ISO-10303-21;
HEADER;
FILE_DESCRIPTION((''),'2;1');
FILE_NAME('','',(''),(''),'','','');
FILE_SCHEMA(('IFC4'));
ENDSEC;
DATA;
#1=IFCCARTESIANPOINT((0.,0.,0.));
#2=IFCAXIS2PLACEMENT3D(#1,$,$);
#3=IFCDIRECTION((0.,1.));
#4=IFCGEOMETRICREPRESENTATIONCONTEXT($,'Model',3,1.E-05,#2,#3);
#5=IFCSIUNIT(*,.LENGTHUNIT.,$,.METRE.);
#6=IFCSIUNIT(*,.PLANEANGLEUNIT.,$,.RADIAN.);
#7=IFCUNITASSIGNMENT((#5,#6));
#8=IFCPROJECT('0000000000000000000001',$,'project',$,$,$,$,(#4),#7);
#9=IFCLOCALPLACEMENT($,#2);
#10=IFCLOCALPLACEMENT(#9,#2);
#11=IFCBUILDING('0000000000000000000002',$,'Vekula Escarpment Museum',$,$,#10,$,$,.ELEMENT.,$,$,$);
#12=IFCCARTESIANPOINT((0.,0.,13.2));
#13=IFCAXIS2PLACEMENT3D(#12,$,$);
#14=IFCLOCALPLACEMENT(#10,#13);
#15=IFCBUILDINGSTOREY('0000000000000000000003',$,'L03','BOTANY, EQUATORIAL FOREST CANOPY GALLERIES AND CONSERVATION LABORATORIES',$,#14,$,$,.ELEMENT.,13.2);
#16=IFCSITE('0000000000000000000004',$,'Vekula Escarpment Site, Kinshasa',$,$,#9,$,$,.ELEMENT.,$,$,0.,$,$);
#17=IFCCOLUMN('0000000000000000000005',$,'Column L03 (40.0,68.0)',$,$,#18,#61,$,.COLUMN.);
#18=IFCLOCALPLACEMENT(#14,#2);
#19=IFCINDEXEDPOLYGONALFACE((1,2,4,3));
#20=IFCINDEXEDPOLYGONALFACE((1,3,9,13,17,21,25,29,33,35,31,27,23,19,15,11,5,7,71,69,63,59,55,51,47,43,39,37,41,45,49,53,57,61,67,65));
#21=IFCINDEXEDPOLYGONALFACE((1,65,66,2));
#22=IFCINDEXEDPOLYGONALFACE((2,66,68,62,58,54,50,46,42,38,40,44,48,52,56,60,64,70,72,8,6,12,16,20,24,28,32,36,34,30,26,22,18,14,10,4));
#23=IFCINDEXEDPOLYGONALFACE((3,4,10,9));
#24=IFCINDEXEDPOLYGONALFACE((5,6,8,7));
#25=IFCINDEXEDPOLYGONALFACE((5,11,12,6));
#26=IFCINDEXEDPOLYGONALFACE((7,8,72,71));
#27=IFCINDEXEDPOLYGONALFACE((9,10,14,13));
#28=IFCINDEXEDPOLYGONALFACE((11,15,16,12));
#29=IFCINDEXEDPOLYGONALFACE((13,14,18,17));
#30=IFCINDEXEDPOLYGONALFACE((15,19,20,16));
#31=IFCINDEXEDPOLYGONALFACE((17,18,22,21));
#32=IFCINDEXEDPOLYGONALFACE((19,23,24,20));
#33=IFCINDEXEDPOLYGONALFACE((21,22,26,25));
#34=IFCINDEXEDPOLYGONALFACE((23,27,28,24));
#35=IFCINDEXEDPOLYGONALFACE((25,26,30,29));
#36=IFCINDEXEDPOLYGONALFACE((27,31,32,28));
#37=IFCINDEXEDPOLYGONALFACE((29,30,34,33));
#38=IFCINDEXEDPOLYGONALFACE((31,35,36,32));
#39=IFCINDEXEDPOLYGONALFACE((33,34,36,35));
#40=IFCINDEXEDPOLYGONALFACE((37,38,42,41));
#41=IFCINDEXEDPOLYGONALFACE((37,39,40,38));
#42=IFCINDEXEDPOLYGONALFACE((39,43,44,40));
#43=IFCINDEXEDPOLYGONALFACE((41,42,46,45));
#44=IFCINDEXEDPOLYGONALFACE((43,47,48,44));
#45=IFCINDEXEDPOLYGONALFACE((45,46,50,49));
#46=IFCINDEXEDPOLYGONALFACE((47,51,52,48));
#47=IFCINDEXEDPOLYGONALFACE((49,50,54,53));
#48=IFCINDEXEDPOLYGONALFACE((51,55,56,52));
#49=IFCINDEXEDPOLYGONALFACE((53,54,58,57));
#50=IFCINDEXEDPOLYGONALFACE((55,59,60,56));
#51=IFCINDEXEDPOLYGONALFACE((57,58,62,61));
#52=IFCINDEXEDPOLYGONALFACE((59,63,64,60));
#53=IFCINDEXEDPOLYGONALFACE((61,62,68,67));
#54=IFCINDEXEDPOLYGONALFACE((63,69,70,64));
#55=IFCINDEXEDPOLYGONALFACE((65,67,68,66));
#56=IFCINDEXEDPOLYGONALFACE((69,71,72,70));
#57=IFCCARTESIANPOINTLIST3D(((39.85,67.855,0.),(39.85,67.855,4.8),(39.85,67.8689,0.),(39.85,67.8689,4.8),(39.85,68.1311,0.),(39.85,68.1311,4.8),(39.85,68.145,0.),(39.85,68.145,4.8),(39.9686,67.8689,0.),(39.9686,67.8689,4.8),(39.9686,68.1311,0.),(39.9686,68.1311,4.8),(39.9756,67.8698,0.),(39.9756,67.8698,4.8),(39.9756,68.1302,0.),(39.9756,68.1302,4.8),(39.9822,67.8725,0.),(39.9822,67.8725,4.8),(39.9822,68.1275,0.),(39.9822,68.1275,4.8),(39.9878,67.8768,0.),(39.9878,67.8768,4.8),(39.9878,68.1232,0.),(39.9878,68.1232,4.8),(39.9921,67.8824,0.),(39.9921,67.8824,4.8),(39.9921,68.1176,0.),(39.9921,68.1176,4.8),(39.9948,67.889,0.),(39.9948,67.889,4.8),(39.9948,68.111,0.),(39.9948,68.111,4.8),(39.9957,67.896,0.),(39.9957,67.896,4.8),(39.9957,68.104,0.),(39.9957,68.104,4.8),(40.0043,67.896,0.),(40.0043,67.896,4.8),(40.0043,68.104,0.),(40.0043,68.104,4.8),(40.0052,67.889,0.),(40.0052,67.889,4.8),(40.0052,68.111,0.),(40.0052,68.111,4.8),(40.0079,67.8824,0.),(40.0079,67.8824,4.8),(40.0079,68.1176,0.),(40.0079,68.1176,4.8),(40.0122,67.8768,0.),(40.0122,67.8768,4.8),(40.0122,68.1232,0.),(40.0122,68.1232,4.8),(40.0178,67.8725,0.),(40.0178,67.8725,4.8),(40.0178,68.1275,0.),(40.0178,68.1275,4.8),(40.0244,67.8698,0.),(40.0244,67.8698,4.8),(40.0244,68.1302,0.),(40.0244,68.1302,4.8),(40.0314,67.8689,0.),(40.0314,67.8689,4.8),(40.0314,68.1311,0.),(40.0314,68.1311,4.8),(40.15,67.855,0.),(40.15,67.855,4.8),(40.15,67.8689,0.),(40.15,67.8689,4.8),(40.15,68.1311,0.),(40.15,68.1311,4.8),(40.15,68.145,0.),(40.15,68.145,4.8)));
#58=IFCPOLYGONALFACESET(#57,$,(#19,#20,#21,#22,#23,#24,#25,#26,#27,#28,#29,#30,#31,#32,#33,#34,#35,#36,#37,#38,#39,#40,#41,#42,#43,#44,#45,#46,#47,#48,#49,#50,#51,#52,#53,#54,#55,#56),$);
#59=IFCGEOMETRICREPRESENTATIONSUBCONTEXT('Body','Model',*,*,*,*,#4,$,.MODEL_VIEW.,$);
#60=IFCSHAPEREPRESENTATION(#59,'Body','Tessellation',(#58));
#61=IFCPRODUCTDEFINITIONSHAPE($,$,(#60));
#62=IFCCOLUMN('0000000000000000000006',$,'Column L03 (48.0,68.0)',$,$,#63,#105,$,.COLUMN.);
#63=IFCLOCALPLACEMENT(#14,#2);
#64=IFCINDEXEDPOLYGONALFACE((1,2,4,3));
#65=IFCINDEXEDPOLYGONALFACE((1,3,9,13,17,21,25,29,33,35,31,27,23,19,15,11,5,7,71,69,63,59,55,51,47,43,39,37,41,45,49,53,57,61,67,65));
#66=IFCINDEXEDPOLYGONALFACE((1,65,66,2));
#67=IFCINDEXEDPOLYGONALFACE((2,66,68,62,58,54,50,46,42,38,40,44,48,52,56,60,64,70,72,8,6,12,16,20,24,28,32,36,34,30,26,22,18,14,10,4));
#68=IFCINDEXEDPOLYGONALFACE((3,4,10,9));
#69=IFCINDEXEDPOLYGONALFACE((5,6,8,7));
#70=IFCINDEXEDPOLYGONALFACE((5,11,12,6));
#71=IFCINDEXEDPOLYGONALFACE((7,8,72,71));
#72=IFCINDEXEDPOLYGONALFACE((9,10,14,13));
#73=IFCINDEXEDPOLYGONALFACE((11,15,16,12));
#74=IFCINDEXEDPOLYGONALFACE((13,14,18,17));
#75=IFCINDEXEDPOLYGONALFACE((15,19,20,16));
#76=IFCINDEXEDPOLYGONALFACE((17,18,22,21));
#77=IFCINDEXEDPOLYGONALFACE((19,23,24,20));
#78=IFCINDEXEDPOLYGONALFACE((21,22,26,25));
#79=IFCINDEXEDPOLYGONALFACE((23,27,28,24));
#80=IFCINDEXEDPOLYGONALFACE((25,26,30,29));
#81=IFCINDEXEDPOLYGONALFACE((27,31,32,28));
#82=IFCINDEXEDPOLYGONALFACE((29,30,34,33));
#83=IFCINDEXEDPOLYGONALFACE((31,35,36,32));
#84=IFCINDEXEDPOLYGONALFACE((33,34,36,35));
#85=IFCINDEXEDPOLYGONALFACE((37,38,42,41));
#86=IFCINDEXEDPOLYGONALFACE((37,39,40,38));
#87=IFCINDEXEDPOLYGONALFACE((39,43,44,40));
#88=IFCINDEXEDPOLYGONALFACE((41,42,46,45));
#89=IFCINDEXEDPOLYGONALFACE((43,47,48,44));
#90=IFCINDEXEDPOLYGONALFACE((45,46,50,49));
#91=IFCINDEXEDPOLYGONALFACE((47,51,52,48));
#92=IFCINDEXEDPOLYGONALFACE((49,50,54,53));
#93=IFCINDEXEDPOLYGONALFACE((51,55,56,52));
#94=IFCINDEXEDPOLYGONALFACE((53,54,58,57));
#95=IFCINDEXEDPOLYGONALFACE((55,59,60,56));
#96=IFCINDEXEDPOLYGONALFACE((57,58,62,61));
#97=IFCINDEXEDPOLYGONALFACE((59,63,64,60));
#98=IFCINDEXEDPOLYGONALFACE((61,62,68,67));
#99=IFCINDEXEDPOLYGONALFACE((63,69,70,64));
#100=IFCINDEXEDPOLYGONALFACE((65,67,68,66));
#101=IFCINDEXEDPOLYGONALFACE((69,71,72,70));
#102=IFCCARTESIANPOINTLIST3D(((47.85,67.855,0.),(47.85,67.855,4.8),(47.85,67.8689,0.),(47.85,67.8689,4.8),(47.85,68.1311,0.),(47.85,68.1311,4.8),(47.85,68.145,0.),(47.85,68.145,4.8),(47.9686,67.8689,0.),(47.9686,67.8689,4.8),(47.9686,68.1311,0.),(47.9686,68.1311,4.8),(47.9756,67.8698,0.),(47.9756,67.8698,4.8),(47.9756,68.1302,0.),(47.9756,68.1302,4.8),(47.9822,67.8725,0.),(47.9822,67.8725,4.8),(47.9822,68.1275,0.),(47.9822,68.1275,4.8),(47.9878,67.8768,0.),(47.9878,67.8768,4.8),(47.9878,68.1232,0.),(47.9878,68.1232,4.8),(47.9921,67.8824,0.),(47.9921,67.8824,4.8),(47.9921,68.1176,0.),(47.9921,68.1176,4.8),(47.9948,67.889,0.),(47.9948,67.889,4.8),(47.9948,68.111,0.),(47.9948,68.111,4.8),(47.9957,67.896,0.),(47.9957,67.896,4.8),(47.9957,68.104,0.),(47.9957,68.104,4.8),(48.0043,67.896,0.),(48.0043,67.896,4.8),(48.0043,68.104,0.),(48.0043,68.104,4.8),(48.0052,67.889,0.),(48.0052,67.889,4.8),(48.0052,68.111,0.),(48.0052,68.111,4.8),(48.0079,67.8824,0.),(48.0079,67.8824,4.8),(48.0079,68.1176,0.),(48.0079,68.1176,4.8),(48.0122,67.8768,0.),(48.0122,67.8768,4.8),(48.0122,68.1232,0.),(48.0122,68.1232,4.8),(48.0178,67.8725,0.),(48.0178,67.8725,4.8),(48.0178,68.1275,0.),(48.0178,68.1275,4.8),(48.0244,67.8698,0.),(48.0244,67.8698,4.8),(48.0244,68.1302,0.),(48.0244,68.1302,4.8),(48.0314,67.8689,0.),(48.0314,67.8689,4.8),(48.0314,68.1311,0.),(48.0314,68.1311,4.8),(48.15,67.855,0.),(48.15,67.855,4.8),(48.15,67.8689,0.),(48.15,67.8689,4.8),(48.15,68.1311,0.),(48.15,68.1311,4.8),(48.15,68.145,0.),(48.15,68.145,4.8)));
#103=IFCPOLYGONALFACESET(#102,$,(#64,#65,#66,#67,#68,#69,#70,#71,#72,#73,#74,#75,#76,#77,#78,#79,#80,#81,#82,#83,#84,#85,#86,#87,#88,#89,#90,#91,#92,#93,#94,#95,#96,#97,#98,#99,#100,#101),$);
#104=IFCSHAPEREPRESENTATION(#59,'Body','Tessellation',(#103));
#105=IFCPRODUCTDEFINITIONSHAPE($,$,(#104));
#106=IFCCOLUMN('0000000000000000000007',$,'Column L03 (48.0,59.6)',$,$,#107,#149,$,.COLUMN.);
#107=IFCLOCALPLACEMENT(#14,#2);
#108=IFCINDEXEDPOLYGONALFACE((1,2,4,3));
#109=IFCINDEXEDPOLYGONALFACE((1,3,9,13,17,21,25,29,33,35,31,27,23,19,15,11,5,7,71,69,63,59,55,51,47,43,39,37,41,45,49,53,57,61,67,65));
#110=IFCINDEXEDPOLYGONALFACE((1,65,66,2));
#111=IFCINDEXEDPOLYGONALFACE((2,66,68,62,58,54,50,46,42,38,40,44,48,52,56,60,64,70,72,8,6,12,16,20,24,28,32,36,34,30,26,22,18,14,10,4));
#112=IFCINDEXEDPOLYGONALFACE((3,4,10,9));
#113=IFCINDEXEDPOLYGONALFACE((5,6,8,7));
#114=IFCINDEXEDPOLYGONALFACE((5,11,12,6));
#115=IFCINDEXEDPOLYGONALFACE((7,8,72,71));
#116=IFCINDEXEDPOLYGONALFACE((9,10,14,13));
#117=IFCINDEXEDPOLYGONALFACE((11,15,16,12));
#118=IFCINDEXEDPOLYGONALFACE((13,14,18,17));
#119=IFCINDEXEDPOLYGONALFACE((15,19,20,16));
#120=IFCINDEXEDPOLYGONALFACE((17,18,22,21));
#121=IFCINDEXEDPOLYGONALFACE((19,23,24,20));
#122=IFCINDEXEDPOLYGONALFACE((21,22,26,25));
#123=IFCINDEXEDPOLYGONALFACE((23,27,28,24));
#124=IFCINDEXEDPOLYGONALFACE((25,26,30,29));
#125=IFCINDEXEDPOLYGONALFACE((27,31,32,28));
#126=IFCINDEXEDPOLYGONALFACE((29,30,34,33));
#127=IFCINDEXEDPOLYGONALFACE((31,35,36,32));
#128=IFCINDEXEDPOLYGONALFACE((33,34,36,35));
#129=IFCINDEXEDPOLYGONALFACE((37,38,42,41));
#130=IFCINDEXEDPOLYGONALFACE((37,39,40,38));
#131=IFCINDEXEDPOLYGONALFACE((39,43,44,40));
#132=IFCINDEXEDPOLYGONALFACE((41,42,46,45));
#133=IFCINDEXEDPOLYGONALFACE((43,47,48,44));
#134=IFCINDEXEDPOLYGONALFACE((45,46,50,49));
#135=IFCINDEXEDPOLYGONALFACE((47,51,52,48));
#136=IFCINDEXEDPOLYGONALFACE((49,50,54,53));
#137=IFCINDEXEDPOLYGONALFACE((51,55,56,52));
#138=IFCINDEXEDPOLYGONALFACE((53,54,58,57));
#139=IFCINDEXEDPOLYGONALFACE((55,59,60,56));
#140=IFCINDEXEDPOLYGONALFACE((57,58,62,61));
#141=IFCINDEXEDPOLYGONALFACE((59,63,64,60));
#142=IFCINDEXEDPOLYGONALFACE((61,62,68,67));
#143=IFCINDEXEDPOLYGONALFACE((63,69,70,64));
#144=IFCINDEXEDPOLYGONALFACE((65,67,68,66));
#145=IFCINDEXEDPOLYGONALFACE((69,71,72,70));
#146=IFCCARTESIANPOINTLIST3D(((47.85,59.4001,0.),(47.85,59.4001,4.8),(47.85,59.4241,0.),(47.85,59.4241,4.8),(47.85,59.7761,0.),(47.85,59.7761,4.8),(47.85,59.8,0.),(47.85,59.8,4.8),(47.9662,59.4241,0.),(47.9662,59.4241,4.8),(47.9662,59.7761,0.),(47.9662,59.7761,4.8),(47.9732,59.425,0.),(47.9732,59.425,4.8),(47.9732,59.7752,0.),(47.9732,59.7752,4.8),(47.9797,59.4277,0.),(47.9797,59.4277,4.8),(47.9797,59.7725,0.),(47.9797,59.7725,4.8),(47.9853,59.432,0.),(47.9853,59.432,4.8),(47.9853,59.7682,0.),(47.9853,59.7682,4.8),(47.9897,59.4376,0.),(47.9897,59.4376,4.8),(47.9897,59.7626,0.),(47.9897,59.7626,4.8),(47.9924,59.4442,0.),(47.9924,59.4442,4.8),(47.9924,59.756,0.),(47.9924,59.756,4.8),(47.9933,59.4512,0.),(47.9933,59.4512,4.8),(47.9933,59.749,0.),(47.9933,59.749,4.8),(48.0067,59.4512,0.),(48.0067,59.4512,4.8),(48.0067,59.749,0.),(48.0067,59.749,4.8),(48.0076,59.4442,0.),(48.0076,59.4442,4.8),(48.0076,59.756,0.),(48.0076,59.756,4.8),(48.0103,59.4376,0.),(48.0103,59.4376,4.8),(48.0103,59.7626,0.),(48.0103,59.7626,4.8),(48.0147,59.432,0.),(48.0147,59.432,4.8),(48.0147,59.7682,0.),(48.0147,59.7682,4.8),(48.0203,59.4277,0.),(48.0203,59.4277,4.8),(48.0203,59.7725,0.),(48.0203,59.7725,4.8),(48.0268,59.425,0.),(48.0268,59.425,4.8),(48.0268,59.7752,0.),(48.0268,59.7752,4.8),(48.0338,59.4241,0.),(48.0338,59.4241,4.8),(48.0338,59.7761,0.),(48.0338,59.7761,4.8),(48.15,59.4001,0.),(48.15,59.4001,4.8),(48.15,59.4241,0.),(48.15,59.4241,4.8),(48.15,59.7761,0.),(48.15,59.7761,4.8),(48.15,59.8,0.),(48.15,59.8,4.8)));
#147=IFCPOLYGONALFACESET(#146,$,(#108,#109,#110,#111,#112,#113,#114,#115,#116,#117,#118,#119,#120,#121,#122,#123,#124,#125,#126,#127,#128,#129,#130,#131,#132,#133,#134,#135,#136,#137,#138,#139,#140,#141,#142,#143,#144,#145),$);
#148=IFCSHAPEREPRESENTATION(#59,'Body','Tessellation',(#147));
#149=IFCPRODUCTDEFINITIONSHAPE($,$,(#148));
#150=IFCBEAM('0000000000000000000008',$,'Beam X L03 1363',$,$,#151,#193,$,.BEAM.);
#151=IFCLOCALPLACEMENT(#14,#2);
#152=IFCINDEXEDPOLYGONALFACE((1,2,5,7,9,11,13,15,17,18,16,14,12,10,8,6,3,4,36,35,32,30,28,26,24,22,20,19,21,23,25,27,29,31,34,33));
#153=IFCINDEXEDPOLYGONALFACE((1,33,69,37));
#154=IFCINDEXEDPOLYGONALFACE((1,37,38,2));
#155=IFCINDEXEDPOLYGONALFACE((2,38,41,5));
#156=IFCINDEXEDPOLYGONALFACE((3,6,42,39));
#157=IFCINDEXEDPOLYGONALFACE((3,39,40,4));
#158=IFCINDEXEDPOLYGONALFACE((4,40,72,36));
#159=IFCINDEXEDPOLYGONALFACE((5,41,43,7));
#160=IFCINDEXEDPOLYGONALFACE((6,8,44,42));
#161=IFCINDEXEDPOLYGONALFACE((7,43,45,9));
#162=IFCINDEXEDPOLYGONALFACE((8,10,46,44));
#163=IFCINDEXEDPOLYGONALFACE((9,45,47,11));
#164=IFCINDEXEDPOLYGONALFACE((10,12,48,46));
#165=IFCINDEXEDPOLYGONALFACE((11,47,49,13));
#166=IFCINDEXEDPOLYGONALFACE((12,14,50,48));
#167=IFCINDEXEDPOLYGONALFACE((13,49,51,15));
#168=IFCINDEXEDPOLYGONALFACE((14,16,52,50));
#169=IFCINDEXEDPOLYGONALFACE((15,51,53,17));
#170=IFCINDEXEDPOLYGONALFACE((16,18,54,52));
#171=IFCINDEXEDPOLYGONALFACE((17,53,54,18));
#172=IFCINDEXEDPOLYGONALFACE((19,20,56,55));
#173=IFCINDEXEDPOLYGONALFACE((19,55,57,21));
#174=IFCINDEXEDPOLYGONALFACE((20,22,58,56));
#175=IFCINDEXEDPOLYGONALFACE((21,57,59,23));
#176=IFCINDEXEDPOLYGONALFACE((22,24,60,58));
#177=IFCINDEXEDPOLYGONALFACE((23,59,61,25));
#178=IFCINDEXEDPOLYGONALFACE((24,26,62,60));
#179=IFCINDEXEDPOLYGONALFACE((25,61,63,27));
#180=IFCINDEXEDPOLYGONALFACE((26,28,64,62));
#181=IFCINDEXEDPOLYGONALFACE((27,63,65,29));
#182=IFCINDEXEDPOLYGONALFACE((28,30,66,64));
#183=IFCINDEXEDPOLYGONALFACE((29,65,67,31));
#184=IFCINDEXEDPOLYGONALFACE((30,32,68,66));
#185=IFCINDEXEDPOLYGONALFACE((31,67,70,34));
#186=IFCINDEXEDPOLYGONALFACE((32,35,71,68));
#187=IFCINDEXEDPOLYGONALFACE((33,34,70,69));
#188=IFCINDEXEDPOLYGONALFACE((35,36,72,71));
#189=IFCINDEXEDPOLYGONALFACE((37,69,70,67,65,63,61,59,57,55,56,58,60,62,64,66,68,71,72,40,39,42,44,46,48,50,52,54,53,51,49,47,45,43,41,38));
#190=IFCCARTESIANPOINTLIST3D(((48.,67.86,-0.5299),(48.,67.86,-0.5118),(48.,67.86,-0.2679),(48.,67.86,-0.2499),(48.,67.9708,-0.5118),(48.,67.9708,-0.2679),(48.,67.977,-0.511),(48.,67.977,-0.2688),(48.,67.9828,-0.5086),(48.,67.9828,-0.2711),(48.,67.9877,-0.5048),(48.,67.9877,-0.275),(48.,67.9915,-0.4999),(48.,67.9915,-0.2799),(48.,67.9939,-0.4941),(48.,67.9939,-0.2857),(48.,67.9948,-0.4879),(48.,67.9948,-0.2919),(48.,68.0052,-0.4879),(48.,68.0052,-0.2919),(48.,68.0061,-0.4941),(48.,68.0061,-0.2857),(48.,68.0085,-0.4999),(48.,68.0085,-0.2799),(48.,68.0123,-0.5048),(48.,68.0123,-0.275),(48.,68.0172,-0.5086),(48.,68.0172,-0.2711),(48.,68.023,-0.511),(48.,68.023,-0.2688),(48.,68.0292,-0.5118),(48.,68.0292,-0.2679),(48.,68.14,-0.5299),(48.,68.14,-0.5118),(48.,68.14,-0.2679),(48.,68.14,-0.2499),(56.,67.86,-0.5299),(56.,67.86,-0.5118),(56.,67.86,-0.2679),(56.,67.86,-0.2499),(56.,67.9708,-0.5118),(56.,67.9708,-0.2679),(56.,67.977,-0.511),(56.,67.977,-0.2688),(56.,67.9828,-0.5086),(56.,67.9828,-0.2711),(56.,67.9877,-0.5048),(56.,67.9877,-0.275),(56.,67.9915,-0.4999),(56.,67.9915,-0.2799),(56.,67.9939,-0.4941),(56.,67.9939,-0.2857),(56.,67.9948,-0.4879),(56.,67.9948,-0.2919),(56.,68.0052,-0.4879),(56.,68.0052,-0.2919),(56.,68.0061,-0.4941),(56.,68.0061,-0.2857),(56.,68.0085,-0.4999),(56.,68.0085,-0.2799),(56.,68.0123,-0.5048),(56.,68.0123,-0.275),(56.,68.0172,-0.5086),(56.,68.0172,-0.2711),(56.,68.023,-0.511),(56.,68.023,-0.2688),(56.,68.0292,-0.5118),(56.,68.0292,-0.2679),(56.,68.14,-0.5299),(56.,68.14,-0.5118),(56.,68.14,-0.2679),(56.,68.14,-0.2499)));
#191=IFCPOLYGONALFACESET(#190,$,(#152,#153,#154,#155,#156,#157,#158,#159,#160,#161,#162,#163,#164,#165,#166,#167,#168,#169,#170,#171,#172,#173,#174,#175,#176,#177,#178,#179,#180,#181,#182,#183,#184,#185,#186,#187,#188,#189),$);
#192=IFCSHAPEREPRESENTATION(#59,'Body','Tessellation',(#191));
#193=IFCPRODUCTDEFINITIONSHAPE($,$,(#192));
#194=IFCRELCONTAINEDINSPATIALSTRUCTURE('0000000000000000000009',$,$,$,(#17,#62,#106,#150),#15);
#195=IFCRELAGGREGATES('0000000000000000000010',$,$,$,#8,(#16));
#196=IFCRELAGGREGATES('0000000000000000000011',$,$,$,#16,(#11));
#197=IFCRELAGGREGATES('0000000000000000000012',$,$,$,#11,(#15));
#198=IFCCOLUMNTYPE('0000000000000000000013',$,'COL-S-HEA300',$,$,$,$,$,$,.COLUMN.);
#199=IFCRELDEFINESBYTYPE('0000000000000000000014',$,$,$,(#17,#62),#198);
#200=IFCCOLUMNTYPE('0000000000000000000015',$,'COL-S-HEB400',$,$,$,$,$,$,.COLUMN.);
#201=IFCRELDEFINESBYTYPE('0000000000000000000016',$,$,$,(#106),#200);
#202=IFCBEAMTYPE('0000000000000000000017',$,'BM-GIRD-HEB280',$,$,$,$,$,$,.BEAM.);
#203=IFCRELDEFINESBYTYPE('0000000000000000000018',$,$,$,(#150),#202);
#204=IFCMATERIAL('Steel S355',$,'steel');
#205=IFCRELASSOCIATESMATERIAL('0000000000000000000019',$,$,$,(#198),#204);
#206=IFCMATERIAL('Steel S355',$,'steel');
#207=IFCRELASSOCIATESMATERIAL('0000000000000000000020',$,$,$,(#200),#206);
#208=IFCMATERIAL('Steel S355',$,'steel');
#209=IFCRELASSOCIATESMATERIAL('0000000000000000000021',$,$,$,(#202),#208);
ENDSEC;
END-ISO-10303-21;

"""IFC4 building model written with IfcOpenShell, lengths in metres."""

from ifc_helpers import new_model, si_unit, direction, frame, origin, origin_2d, place, context, subcontext, project, spatial, i_section, extrude, material, material_profile, profile_set, type_object, element, save


model = new_model("IFC4")

# Units and contexts
model_context = context("Model", 3, precision=1e-05, world=origin(), true_north=direction((0.0, 1.0)))
body_context = subcontext(model_context, "Body", "Model", "MODEL_VIEW")
ifc_project = project(units=[si_unit("LENGTHUNIT", "METRE"), si_unit("PLANEANGLEUNIT", "RADIAN")], contexts=[model_context])

# Site, building, storey
site_placement = place(None, origin())
site = spatial("IfcSite", under=ifc_project, at=site_placement, Name="Vekula Escarpment Site, Kinshasa", CompositionType="ELEMENT", RefElevation=0.0)
building_placement = place(site_placement, origin())
building = spatial("IfcBuilding", under=site, at=building_placement, Name="Vekula Escarpment Museum", CompositionType="ELEMENT")
storey_placement = place(building_placement, frame((0.0, 0.0, 13.2)))
storey = spatial("IfcBuildingStorey", under=building, at=storey_placement, Name="L03", Description="BOTANY, EQUATORIAL FOREST CANOPY GALLERIES AND CONSERVATION LABORATORIES", CompositionType="ELEMENT", Elevation=13.2)

# Columns
ifc_material_1 = material(Name="Steel S355", Category="steel")
ifc_material_profile_1 = material_profile(ifc_material_1, i_section(OverallWidth=0.3, OverallDepth=0.29, WebThickness=0.0085, FlangeThickness=0.0139, FilletRadius=0.0271, at=origin_2d()), Name="HEA 300")
ifc_profile_set_1 = profile_set([ifc_material_profile_1], Name="Steel S355")
column_type_1 = type_object("IfcColumnType", Name="COL-S-HEA300", PredefinedType="COLUMN", material=ifc_profile_set_1)
for number, where, z_axis, x_axis, name in (
    (1, (40.0, 68.0, 0.0), (0.0, 0.0, 1.0), (1.0, 0.0, 0.0), "Column L03 (40.0,68.0)"),
    (2, (48.0, 68.0, 0.0), (0.0, 0.0, 1.0), (1.0, 0.0, 0.0), "Column L03 (48.0,68.0)"),
):
    element("IfcColumn", number, at=place(storey_placement, frame(where, z_axis=z_axis, x_axis=x_axis)), inside=storey, type_object=column_type_1, Name=name, PredefinedType="COLUMN", context=body_context, shape_type="SweptSolid", body=[
        extrude(i_section(OverallWidth=0.3, OverallDepth=0.29, WebThickness=0.0085, FlangeThickness=0.0139, FilletRadius=0.0271, at=origin_2d()), origin(), (0.0, 0.0, 1.0), 4.8),
    ])
ifc_material_2 = material(Name="Steel S355", Category="steel")
ifc_material_profile_2 = material_profile(ifc_material_2, i_section(OverallWidth=0.3, OverallDepth=0.3999, WebThickness=0.0134, FlangeThickness=0.0239, FilletRadius=0.0271, at=origin_2d()), Name="HEB 400")
ifc_profile_set_2 = profile_set([ifc_material_profile_2], Name="Steel S355")
column_type_2 = type_object("IfcColumnType", Name="COL-S-HEB400", PredefinedType="COLUMN", material=ifc_profile_set_2)
column_placement = place(storey_placement, frame((48.0, 59.6001, 0.0), z_axis=(0.0, 0.0, 1.0), x_axis=(1.0, 0.0, 0.0)))
element("IfcColumn", 3, at=column_placement, inside=storey, type_object=column_type_2, Name="Column L03 (48.0,59.6)", PredefinedType="COLUMN", context=body_context, shape_type="SweptSolid", body=[
    extrude(i_section(OverallWidth=0.3, OverallDepth=0.3999, WebThickness=0.0134, FlangeThickness=0.0239, FilletRadius=0.0271, at=origin_2d()), origin(), (0.0, 0.0, 1.0), 4.8),
])

# Beam
ifc_material_3 = material(Name="Steel S355", Category="steel")
ifc_material_profile_3 = material_profile(ifc_material_3, i_section(OverallWidth=0.28, OverallDepth=0.28, WebThickness=0.0105, FlangeThickness=0.0181, FilletRadius=0.0239, at=origin_2d()), Name="HEB 280")
ifc_profile_set_3 = profile_set([ifc_material_profile_3], Name="Steel S355")
beam_type_1 = type_object("IfcBeamType", Name="BM-GIRD-HEB280", PredefinedType="BEAM", material=ifc_profile_set_3)
beam_1_placement = place(storey_placement, frame((48.0, 68.0, -0.3899), z_axis=(1.0, 0.0, 0.0), x_axis=(0.0, 1.0, 0.0)))
element("IfcBeam", 4, at=beam_1_placement, inside=storey, type_object=beam_type_1, Name="Beam X L03 1363", PredefinedType="BEAM", context=body_context, shape_type="SweptSolid", body=[
    extrude(i_section(OverallWidth=0.28, OverallDepth=0.28, WebThickness=0.0105, FlangeThickness=0.0181, FilletRadius=0.0239, at=origin_2d()), origin(), (0.0, 0.0, 1.0), 8.0),
])

save(model, "model.ifc")
